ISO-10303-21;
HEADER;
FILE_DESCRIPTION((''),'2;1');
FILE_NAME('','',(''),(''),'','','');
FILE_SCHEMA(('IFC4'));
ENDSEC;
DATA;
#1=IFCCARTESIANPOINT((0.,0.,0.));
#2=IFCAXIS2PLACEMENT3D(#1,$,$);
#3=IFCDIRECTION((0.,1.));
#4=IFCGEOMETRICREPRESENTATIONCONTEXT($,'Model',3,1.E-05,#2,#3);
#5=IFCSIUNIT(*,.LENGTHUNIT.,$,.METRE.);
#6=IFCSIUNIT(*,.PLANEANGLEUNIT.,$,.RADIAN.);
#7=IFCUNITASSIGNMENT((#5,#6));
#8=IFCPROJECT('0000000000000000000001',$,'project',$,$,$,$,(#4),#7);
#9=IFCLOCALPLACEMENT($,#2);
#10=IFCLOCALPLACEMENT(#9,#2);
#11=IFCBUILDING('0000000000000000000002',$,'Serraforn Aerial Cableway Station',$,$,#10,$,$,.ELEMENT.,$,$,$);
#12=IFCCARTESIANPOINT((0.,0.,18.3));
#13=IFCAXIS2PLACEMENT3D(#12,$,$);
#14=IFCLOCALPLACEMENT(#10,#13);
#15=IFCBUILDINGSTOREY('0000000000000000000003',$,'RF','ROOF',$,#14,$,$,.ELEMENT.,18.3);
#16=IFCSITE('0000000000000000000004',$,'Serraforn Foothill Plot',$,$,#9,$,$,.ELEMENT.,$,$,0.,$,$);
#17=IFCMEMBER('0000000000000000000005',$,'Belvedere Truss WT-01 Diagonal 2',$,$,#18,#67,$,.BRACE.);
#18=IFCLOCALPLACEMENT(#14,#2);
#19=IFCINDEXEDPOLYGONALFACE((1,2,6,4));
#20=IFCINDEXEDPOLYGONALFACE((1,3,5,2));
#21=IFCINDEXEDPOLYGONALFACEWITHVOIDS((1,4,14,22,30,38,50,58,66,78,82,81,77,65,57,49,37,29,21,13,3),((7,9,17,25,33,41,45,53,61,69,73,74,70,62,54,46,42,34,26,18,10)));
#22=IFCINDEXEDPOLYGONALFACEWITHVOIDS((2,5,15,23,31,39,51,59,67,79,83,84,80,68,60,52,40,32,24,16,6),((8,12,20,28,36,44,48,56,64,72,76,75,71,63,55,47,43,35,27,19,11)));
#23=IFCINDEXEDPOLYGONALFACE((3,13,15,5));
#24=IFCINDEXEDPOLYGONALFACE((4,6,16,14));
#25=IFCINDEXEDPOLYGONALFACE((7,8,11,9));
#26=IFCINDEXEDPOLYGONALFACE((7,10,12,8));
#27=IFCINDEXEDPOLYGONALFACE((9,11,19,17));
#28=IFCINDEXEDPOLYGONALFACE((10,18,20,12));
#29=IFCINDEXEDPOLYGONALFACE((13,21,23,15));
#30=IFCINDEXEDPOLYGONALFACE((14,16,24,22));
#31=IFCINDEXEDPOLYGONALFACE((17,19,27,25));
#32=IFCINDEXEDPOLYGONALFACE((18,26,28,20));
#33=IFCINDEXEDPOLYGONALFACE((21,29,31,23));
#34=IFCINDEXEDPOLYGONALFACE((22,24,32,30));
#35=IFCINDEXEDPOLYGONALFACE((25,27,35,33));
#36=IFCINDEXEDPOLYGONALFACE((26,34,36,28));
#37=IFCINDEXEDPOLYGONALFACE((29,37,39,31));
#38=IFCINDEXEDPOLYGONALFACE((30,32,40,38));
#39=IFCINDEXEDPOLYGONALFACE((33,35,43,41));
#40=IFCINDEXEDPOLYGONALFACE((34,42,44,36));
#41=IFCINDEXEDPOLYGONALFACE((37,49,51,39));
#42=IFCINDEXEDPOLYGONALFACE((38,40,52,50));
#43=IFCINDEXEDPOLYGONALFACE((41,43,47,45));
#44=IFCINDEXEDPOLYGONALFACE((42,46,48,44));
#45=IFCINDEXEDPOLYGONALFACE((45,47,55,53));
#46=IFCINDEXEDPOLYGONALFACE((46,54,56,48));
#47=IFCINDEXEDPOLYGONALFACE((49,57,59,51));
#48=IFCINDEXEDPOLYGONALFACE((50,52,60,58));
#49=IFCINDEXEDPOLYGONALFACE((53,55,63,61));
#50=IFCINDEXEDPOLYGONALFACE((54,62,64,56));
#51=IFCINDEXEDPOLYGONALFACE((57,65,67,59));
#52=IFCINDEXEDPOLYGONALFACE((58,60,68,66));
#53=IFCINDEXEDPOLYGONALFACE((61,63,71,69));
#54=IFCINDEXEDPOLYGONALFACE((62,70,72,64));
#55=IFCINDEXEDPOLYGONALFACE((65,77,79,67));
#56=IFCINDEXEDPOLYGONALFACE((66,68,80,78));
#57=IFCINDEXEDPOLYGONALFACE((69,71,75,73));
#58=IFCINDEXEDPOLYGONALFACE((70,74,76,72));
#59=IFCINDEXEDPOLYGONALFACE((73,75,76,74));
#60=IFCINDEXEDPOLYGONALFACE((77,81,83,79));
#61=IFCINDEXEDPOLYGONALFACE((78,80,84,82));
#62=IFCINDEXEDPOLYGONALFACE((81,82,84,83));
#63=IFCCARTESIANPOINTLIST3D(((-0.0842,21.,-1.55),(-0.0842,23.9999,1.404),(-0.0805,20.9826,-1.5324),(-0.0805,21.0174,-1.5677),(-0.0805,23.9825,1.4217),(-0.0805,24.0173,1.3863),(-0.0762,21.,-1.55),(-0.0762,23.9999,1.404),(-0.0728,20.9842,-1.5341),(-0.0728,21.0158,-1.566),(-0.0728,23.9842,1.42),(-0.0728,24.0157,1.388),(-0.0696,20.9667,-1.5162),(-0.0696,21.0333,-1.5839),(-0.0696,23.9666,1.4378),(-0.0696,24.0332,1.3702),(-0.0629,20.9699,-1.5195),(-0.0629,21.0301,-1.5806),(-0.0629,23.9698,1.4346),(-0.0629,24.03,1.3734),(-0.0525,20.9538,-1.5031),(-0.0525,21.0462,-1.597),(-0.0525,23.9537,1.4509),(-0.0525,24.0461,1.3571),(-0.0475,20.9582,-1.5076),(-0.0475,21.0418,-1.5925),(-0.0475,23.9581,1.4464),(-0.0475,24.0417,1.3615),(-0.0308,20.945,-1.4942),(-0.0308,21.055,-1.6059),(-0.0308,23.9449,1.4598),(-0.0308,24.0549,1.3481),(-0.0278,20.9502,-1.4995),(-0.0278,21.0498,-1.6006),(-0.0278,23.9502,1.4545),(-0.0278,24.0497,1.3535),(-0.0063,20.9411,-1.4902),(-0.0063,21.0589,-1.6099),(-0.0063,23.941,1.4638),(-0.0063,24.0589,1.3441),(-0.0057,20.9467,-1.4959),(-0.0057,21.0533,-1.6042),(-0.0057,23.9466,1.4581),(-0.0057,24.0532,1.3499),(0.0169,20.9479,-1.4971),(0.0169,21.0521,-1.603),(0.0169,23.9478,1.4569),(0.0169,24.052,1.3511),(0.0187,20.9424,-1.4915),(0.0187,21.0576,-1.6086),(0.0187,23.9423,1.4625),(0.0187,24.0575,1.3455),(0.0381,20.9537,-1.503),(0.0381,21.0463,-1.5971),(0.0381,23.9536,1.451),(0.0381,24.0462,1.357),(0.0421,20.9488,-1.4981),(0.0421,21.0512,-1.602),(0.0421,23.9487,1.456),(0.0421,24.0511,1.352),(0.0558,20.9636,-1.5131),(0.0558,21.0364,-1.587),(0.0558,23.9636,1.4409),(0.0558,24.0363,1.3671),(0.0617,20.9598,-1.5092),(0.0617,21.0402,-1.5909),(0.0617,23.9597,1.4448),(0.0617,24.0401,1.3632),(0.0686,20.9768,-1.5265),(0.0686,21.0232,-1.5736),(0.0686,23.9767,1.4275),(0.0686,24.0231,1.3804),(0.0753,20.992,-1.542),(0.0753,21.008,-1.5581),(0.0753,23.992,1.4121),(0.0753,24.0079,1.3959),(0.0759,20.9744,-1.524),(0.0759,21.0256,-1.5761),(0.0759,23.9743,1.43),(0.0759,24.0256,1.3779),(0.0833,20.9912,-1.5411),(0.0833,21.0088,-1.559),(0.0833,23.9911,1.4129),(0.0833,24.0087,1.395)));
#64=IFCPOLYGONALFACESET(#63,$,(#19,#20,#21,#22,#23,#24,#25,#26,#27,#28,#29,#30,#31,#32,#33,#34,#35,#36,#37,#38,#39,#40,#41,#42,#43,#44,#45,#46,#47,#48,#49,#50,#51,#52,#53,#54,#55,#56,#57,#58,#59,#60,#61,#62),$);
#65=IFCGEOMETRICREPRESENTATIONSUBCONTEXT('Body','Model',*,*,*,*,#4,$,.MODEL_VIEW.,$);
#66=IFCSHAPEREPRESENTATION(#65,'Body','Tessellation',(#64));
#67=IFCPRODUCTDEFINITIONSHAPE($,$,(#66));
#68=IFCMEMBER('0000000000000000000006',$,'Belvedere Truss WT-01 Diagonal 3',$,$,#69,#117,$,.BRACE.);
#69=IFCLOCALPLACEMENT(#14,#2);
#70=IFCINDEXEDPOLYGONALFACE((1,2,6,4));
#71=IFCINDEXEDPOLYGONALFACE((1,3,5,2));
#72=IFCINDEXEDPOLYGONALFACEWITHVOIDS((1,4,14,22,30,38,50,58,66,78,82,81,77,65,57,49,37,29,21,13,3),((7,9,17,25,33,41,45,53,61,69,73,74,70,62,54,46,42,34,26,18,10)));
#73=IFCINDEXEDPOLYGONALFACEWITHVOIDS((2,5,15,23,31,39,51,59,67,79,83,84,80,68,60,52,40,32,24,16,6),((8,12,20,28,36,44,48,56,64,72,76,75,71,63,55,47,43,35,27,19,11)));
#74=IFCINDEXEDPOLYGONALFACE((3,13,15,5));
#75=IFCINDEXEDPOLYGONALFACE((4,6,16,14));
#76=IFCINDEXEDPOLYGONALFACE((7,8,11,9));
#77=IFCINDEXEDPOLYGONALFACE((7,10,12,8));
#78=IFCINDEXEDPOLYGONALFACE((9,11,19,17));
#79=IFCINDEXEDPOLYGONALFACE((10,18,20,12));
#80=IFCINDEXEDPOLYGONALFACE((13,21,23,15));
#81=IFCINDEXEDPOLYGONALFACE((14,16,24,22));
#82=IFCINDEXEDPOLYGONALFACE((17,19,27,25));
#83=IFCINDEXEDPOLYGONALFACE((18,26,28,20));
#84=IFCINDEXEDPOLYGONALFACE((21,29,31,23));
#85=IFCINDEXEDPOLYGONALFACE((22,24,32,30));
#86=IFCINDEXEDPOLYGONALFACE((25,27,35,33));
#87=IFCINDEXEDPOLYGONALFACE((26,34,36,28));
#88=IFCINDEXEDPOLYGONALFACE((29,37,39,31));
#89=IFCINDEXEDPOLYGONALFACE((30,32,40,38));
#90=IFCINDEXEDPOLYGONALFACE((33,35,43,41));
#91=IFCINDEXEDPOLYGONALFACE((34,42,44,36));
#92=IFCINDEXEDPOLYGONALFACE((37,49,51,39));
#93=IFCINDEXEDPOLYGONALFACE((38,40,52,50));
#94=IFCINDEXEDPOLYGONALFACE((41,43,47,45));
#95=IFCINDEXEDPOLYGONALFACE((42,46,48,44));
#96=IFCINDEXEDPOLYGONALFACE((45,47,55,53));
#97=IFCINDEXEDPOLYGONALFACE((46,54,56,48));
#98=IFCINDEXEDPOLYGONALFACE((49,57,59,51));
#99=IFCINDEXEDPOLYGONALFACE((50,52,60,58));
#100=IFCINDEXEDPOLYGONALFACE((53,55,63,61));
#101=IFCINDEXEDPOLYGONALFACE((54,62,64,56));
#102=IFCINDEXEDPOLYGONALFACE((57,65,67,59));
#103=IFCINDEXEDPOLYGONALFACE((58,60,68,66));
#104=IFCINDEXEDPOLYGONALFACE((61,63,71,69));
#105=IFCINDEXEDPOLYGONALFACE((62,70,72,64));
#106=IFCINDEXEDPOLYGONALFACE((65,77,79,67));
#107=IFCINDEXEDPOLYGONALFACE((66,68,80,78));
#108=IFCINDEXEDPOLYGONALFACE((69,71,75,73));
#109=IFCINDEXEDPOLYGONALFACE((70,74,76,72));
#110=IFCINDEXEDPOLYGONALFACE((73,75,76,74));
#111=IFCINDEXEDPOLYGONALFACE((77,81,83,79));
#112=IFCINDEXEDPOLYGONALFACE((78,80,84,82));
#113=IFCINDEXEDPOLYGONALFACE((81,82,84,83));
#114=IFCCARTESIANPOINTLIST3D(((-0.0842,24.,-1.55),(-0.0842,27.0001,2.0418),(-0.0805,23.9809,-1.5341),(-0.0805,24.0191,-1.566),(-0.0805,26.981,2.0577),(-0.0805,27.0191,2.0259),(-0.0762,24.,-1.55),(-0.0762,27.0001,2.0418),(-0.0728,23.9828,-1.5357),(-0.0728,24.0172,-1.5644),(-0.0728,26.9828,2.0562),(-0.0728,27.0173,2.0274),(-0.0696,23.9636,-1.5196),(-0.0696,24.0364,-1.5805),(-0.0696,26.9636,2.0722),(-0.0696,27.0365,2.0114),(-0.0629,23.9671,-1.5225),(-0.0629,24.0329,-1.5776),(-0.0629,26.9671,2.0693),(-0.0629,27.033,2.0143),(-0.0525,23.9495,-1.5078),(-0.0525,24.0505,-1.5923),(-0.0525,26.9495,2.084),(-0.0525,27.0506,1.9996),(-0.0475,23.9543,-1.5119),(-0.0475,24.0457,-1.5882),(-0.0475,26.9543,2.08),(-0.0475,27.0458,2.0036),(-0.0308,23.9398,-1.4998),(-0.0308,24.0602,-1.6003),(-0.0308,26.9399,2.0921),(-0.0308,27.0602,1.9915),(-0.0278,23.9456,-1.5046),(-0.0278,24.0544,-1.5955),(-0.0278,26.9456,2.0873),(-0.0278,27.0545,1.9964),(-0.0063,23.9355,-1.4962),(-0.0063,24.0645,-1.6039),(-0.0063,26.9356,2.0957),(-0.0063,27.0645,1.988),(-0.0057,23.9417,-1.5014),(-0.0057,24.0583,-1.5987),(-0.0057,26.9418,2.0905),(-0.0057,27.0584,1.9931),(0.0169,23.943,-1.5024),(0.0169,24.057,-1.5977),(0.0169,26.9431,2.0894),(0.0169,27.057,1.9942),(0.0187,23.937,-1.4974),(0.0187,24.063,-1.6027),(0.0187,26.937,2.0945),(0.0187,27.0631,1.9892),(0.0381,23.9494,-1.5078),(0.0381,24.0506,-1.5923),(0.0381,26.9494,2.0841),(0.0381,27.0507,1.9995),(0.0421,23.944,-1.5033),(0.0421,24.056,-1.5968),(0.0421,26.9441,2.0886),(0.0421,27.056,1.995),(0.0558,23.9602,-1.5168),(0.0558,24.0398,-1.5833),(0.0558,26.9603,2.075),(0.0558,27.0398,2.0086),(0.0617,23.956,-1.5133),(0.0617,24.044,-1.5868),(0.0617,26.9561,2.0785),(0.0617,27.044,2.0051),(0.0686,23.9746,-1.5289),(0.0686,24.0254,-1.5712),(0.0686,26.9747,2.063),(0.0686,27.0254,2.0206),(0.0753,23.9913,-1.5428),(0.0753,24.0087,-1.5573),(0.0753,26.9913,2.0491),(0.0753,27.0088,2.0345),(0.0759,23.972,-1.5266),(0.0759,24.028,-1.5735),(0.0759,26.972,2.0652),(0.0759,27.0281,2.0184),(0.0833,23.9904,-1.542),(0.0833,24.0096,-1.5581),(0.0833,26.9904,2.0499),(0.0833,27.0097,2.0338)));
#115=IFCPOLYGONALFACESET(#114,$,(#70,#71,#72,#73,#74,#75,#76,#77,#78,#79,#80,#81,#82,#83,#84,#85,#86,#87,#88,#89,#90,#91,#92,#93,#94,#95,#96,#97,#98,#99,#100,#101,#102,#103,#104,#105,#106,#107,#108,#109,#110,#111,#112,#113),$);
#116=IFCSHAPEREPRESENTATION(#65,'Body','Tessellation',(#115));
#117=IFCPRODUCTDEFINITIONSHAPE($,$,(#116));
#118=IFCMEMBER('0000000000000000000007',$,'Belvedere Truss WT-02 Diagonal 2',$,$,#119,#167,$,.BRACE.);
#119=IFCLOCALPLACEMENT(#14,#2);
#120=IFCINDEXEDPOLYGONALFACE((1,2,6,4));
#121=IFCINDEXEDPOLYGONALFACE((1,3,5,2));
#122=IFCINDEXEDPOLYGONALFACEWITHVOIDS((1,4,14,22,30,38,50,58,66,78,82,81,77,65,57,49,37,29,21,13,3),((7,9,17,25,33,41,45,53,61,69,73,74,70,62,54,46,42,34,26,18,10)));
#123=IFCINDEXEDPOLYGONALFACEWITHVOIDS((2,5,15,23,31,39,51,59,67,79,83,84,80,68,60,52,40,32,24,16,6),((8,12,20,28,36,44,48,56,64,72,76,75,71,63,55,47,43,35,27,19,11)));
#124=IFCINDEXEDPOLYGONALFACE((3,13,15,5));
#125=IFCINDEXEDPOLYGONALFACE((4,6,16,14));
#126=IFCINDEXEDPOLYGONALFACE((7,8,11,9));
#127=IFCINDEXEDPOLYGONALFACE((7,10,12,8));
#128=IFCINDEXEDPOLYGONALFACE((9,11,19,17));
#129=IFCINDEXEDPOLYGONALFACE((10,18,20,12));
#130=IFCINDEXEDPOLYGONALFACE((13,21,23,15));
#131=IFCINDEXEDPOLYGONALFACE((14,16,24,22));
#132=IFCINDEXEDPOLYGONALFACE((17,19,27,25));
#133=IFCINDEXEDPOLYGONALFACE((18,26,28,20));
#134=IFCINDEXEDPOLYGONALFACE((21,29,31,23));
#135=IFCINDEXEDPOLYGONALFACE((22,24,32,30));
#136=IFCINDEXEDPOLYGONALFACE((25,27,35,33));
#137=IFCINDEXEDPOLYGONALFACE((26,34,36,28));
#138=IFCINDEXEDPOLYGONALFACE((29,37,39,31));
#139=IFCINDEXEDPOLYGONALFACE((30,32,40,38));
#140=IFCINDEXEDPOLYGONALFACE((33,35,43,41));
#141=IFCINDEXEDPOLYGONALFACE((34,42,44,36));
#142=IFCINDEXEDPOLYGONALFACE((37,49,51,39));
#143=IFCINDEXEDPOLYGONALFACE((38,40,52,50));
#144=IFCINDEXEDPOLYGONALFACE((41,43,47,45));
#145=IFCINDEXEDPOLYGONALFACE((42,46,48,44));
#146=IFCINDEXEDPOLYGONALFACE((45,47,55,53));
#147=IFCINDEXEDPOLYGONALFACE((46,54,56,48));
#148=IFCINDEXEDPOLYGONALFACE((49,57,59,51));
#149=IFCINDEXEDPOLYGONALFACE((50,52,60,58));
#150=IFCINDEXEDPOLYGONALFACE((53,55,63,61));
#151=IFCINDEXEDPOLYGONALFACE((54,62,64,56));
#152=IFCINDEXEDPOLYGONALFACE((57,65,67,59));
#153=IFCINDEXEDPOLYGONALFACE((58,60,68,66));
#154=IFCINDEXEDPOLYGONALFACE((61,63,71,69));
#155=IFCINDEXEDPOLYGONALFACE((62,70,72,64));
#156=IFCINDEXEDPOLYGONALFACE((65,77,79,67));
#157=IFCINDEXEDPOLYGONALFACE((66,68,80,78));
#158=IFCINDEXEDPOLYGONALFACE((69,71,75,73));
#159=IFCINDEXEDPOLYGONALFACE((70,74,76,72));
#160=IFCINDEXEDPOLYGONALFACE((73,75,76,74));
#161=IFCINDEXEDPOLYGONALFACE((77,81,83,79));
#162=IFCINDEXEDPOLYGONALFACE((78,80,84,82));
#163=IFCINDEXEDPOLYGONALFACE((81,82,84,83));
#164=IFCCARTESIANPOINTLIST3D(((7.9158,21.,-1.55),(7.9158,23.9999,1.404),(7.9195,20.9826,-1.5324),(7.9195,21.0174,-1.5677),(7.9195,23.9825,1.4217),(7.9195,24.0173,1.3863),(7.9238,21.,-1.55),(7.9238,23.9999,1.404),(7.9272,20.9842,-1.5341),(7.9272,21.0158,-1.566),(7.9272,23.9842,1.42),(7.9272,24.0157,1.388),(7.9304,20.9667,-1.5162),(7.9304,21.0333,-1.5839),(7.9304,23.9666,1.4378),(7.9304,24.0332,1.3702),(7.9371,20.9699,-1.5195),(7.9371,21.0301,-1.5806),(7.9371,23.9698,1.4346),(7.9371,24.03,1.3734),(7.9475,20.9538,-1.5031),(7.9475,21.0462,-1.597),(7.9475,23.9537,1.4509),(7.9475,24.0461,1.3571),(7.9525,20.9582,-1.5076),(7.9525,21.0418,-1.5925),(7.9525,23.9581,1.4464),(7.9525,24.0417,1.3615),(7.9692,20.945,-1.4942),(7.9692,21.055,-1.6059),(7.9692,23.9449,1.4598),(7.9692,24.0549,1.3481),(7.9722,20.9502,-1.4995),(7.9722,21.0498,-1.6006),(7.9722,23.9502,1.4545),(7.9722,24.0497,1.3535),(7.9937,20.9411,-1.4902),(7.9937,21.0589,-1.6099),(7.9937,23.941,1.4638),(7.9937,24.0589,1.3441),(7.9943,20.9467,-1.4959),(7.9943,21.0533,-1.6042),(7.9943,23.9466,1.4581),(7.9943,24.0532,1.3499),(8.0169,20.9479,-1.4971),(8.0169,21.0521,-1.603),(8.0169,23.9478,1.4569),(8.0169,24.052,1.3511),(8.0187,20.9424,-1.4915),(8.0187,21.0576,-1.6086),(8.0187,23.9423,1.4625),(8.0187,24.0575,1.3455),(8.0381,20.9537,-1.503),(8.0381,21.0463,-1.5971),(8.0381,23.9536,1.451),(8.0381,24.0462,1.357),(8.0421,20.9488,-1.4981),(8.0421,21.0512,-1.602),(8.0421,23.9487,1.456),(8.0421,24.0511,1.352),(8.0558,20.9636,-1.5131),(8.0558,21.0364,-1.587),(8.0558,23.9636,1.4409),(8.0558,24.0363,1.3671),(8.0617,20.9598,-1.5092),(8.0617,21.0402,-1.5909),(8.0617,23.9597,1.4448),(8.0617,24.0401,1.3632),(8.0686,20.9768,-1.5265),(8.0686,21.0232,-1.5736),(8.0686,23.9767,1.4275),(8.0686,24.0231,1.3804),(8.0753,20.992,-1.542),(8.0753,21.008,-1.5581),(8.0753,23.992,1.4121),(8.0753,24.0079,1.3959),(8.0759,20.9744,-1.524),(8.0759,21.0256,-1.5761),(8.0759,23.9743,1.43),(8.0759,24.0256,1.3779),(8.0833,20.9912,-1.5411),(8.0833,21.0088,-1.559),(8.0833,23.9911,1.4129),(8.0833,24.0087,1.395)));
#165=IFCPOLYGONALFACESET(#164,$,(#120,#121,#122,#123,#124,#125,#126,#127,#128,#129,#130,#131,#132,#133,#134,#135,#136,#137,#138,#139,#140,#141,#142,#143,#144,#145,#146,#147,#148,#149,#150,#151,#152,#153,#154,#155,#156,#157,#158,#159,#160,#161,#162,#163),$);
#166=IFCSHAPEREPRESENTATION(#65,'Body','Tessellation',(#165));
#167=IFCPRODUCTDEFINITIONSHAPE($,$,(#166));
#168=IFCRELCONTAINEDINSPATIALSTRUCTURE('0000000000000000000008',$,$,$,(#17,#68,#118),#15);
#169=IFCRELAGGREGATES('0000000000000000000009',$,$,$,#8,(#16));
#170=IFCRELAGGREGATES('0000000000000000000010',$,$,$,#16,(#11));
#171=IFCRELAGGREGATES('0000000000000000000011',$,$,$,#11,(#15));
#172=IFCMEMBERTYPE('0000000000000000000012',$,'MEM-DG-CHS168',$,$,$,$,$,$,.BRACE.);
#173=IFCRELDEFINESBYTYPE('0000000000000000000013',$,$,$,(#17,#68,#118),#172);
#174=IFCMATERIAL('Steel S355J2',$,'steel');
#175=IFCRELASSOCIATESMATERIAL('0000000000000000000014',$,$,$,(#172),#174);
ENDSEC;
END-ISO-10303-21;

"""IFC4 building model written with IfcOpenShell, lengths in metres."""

from ifc_helpers import new_model, si_unit, direction, frame, origin, origin_2d, place, context, subcontext, project, spatial, hollow_circle, extrude, material, material_profile, profile_set, type_object, element, save


model = new_model("IFC4")

# Units and contexts
model_context = context("Model", 3, precision=1e-05, world=origin(), true_north=direction((0.0, 1.0)))
body_context = subcontext(model_context, "Body", "Model", "MODEL_VIEW")
ifc_project = project(units=[si_unit("LENGTHUNIT", "METRE"), si_unit("PLANEANGLEUNIT", "RADIAN")], contexts=[model_context])

# Site, building, storey
site_placement = place(None, origin())
site = spatial("IfcSite", under=ifc_project, at=site_placement, Name="Serraforn Foothill Plot", CompositionType="ELEMENT", RefElevation=0.0)
building_placement = place(site_placement, origin())
building = spatial("IfcBuilding", under=site, at=building_placement, Name="Serraforn Aerial Cableway Station", CompositionType="ELEMENT")
storey_placement = place(building_placement, frame((0.0, 0.0, 18.3)))
storey = spatial("IfcBuildingStorey", under=building, at=storey_placement, Name="RF", Description="ROOF", CompositionType="ELEMENT", Elevation=18.3)

# Members
ifc_material_1 = material(Name="Steel S355J2", Category="steel")
ifc_material_profile_1 = material_profile(ifc_material_1, hollow_circle(Radius=0.0842, WallThickness=0.0081, at=origin_2d()), Name="CHS 168.3x8.0")
ifc_profile_set_1 = profile_set([ifc_material_profile_1], Name="Steel S355J2")
member_type_1 = type_object("IfcMemberType", Name="MEM-DG-CHS168", PredefinedType="BRACE", material=ifc_profile_set_1)
member_1_placement = place(storey_placement, frame((0.0, 21.0, -1.55), z_axis=(0.0, 0.712536, 0.701635), x_axis=(-1.0, 0.0, 0.0)))
element("IfcMember", 1, at=member_1_placement, inside=storey, type_object=member_type_1, Name="Belvedere Truss WT-01 Diagonal 2", PredefinedType="BRACE", context=body_context, shape_type="SweptSolid", body=[
    extrude(hollow_circle(Radius=0.0842, WallThickness=0.0081, at=origin_2d()), origin(), (0.0, 0.0, 1.0), 4.2102),
])
member_2_placement = place(storey_placement, frame((0.0, 24.0, -1.55), z_axis=(0.0, 0.641046, 0.767502), x_axis=(-1.0, 0.0, 0.0)))
element("IfcMember", 2, at=member_2_placement, inside=storey, type_object=member_type_1, Name="Belvedere Truss WT-01 Diagonal 3", PredefinedType="BRACE", context=body_context, shape_type="SweptSolid", body=[
    extrude(hollow_circle(Radius=0.0842, WallThickness=0.0081, at=origin_2d()), origin(), (0.0, 0.0, 1.0), 4.6799),
])
member_3_placement = place(storey_placement, frame((8.0, 21.0, -1.55), z_axis=(0.0, 0.712536, 0.701635), x_axis=(-1.0, 0.0, 0.0)))
element("IfcMember", 3, at=member_3_placement, inside=storey, type_object=member_type_1, Name="Belvedere Truss WT-02 Diagonal 2", PredefinedType="BRACE", context=body_context, shape_type="SweptSolid", body=[
    extrude(hollow_circle(Radius=0.0842, WallThickness=0.0081, at=origin_2d()), origin(), (0.0, 0.0, 1.0), 4.2102),
])

save(model, "model.ifc")
